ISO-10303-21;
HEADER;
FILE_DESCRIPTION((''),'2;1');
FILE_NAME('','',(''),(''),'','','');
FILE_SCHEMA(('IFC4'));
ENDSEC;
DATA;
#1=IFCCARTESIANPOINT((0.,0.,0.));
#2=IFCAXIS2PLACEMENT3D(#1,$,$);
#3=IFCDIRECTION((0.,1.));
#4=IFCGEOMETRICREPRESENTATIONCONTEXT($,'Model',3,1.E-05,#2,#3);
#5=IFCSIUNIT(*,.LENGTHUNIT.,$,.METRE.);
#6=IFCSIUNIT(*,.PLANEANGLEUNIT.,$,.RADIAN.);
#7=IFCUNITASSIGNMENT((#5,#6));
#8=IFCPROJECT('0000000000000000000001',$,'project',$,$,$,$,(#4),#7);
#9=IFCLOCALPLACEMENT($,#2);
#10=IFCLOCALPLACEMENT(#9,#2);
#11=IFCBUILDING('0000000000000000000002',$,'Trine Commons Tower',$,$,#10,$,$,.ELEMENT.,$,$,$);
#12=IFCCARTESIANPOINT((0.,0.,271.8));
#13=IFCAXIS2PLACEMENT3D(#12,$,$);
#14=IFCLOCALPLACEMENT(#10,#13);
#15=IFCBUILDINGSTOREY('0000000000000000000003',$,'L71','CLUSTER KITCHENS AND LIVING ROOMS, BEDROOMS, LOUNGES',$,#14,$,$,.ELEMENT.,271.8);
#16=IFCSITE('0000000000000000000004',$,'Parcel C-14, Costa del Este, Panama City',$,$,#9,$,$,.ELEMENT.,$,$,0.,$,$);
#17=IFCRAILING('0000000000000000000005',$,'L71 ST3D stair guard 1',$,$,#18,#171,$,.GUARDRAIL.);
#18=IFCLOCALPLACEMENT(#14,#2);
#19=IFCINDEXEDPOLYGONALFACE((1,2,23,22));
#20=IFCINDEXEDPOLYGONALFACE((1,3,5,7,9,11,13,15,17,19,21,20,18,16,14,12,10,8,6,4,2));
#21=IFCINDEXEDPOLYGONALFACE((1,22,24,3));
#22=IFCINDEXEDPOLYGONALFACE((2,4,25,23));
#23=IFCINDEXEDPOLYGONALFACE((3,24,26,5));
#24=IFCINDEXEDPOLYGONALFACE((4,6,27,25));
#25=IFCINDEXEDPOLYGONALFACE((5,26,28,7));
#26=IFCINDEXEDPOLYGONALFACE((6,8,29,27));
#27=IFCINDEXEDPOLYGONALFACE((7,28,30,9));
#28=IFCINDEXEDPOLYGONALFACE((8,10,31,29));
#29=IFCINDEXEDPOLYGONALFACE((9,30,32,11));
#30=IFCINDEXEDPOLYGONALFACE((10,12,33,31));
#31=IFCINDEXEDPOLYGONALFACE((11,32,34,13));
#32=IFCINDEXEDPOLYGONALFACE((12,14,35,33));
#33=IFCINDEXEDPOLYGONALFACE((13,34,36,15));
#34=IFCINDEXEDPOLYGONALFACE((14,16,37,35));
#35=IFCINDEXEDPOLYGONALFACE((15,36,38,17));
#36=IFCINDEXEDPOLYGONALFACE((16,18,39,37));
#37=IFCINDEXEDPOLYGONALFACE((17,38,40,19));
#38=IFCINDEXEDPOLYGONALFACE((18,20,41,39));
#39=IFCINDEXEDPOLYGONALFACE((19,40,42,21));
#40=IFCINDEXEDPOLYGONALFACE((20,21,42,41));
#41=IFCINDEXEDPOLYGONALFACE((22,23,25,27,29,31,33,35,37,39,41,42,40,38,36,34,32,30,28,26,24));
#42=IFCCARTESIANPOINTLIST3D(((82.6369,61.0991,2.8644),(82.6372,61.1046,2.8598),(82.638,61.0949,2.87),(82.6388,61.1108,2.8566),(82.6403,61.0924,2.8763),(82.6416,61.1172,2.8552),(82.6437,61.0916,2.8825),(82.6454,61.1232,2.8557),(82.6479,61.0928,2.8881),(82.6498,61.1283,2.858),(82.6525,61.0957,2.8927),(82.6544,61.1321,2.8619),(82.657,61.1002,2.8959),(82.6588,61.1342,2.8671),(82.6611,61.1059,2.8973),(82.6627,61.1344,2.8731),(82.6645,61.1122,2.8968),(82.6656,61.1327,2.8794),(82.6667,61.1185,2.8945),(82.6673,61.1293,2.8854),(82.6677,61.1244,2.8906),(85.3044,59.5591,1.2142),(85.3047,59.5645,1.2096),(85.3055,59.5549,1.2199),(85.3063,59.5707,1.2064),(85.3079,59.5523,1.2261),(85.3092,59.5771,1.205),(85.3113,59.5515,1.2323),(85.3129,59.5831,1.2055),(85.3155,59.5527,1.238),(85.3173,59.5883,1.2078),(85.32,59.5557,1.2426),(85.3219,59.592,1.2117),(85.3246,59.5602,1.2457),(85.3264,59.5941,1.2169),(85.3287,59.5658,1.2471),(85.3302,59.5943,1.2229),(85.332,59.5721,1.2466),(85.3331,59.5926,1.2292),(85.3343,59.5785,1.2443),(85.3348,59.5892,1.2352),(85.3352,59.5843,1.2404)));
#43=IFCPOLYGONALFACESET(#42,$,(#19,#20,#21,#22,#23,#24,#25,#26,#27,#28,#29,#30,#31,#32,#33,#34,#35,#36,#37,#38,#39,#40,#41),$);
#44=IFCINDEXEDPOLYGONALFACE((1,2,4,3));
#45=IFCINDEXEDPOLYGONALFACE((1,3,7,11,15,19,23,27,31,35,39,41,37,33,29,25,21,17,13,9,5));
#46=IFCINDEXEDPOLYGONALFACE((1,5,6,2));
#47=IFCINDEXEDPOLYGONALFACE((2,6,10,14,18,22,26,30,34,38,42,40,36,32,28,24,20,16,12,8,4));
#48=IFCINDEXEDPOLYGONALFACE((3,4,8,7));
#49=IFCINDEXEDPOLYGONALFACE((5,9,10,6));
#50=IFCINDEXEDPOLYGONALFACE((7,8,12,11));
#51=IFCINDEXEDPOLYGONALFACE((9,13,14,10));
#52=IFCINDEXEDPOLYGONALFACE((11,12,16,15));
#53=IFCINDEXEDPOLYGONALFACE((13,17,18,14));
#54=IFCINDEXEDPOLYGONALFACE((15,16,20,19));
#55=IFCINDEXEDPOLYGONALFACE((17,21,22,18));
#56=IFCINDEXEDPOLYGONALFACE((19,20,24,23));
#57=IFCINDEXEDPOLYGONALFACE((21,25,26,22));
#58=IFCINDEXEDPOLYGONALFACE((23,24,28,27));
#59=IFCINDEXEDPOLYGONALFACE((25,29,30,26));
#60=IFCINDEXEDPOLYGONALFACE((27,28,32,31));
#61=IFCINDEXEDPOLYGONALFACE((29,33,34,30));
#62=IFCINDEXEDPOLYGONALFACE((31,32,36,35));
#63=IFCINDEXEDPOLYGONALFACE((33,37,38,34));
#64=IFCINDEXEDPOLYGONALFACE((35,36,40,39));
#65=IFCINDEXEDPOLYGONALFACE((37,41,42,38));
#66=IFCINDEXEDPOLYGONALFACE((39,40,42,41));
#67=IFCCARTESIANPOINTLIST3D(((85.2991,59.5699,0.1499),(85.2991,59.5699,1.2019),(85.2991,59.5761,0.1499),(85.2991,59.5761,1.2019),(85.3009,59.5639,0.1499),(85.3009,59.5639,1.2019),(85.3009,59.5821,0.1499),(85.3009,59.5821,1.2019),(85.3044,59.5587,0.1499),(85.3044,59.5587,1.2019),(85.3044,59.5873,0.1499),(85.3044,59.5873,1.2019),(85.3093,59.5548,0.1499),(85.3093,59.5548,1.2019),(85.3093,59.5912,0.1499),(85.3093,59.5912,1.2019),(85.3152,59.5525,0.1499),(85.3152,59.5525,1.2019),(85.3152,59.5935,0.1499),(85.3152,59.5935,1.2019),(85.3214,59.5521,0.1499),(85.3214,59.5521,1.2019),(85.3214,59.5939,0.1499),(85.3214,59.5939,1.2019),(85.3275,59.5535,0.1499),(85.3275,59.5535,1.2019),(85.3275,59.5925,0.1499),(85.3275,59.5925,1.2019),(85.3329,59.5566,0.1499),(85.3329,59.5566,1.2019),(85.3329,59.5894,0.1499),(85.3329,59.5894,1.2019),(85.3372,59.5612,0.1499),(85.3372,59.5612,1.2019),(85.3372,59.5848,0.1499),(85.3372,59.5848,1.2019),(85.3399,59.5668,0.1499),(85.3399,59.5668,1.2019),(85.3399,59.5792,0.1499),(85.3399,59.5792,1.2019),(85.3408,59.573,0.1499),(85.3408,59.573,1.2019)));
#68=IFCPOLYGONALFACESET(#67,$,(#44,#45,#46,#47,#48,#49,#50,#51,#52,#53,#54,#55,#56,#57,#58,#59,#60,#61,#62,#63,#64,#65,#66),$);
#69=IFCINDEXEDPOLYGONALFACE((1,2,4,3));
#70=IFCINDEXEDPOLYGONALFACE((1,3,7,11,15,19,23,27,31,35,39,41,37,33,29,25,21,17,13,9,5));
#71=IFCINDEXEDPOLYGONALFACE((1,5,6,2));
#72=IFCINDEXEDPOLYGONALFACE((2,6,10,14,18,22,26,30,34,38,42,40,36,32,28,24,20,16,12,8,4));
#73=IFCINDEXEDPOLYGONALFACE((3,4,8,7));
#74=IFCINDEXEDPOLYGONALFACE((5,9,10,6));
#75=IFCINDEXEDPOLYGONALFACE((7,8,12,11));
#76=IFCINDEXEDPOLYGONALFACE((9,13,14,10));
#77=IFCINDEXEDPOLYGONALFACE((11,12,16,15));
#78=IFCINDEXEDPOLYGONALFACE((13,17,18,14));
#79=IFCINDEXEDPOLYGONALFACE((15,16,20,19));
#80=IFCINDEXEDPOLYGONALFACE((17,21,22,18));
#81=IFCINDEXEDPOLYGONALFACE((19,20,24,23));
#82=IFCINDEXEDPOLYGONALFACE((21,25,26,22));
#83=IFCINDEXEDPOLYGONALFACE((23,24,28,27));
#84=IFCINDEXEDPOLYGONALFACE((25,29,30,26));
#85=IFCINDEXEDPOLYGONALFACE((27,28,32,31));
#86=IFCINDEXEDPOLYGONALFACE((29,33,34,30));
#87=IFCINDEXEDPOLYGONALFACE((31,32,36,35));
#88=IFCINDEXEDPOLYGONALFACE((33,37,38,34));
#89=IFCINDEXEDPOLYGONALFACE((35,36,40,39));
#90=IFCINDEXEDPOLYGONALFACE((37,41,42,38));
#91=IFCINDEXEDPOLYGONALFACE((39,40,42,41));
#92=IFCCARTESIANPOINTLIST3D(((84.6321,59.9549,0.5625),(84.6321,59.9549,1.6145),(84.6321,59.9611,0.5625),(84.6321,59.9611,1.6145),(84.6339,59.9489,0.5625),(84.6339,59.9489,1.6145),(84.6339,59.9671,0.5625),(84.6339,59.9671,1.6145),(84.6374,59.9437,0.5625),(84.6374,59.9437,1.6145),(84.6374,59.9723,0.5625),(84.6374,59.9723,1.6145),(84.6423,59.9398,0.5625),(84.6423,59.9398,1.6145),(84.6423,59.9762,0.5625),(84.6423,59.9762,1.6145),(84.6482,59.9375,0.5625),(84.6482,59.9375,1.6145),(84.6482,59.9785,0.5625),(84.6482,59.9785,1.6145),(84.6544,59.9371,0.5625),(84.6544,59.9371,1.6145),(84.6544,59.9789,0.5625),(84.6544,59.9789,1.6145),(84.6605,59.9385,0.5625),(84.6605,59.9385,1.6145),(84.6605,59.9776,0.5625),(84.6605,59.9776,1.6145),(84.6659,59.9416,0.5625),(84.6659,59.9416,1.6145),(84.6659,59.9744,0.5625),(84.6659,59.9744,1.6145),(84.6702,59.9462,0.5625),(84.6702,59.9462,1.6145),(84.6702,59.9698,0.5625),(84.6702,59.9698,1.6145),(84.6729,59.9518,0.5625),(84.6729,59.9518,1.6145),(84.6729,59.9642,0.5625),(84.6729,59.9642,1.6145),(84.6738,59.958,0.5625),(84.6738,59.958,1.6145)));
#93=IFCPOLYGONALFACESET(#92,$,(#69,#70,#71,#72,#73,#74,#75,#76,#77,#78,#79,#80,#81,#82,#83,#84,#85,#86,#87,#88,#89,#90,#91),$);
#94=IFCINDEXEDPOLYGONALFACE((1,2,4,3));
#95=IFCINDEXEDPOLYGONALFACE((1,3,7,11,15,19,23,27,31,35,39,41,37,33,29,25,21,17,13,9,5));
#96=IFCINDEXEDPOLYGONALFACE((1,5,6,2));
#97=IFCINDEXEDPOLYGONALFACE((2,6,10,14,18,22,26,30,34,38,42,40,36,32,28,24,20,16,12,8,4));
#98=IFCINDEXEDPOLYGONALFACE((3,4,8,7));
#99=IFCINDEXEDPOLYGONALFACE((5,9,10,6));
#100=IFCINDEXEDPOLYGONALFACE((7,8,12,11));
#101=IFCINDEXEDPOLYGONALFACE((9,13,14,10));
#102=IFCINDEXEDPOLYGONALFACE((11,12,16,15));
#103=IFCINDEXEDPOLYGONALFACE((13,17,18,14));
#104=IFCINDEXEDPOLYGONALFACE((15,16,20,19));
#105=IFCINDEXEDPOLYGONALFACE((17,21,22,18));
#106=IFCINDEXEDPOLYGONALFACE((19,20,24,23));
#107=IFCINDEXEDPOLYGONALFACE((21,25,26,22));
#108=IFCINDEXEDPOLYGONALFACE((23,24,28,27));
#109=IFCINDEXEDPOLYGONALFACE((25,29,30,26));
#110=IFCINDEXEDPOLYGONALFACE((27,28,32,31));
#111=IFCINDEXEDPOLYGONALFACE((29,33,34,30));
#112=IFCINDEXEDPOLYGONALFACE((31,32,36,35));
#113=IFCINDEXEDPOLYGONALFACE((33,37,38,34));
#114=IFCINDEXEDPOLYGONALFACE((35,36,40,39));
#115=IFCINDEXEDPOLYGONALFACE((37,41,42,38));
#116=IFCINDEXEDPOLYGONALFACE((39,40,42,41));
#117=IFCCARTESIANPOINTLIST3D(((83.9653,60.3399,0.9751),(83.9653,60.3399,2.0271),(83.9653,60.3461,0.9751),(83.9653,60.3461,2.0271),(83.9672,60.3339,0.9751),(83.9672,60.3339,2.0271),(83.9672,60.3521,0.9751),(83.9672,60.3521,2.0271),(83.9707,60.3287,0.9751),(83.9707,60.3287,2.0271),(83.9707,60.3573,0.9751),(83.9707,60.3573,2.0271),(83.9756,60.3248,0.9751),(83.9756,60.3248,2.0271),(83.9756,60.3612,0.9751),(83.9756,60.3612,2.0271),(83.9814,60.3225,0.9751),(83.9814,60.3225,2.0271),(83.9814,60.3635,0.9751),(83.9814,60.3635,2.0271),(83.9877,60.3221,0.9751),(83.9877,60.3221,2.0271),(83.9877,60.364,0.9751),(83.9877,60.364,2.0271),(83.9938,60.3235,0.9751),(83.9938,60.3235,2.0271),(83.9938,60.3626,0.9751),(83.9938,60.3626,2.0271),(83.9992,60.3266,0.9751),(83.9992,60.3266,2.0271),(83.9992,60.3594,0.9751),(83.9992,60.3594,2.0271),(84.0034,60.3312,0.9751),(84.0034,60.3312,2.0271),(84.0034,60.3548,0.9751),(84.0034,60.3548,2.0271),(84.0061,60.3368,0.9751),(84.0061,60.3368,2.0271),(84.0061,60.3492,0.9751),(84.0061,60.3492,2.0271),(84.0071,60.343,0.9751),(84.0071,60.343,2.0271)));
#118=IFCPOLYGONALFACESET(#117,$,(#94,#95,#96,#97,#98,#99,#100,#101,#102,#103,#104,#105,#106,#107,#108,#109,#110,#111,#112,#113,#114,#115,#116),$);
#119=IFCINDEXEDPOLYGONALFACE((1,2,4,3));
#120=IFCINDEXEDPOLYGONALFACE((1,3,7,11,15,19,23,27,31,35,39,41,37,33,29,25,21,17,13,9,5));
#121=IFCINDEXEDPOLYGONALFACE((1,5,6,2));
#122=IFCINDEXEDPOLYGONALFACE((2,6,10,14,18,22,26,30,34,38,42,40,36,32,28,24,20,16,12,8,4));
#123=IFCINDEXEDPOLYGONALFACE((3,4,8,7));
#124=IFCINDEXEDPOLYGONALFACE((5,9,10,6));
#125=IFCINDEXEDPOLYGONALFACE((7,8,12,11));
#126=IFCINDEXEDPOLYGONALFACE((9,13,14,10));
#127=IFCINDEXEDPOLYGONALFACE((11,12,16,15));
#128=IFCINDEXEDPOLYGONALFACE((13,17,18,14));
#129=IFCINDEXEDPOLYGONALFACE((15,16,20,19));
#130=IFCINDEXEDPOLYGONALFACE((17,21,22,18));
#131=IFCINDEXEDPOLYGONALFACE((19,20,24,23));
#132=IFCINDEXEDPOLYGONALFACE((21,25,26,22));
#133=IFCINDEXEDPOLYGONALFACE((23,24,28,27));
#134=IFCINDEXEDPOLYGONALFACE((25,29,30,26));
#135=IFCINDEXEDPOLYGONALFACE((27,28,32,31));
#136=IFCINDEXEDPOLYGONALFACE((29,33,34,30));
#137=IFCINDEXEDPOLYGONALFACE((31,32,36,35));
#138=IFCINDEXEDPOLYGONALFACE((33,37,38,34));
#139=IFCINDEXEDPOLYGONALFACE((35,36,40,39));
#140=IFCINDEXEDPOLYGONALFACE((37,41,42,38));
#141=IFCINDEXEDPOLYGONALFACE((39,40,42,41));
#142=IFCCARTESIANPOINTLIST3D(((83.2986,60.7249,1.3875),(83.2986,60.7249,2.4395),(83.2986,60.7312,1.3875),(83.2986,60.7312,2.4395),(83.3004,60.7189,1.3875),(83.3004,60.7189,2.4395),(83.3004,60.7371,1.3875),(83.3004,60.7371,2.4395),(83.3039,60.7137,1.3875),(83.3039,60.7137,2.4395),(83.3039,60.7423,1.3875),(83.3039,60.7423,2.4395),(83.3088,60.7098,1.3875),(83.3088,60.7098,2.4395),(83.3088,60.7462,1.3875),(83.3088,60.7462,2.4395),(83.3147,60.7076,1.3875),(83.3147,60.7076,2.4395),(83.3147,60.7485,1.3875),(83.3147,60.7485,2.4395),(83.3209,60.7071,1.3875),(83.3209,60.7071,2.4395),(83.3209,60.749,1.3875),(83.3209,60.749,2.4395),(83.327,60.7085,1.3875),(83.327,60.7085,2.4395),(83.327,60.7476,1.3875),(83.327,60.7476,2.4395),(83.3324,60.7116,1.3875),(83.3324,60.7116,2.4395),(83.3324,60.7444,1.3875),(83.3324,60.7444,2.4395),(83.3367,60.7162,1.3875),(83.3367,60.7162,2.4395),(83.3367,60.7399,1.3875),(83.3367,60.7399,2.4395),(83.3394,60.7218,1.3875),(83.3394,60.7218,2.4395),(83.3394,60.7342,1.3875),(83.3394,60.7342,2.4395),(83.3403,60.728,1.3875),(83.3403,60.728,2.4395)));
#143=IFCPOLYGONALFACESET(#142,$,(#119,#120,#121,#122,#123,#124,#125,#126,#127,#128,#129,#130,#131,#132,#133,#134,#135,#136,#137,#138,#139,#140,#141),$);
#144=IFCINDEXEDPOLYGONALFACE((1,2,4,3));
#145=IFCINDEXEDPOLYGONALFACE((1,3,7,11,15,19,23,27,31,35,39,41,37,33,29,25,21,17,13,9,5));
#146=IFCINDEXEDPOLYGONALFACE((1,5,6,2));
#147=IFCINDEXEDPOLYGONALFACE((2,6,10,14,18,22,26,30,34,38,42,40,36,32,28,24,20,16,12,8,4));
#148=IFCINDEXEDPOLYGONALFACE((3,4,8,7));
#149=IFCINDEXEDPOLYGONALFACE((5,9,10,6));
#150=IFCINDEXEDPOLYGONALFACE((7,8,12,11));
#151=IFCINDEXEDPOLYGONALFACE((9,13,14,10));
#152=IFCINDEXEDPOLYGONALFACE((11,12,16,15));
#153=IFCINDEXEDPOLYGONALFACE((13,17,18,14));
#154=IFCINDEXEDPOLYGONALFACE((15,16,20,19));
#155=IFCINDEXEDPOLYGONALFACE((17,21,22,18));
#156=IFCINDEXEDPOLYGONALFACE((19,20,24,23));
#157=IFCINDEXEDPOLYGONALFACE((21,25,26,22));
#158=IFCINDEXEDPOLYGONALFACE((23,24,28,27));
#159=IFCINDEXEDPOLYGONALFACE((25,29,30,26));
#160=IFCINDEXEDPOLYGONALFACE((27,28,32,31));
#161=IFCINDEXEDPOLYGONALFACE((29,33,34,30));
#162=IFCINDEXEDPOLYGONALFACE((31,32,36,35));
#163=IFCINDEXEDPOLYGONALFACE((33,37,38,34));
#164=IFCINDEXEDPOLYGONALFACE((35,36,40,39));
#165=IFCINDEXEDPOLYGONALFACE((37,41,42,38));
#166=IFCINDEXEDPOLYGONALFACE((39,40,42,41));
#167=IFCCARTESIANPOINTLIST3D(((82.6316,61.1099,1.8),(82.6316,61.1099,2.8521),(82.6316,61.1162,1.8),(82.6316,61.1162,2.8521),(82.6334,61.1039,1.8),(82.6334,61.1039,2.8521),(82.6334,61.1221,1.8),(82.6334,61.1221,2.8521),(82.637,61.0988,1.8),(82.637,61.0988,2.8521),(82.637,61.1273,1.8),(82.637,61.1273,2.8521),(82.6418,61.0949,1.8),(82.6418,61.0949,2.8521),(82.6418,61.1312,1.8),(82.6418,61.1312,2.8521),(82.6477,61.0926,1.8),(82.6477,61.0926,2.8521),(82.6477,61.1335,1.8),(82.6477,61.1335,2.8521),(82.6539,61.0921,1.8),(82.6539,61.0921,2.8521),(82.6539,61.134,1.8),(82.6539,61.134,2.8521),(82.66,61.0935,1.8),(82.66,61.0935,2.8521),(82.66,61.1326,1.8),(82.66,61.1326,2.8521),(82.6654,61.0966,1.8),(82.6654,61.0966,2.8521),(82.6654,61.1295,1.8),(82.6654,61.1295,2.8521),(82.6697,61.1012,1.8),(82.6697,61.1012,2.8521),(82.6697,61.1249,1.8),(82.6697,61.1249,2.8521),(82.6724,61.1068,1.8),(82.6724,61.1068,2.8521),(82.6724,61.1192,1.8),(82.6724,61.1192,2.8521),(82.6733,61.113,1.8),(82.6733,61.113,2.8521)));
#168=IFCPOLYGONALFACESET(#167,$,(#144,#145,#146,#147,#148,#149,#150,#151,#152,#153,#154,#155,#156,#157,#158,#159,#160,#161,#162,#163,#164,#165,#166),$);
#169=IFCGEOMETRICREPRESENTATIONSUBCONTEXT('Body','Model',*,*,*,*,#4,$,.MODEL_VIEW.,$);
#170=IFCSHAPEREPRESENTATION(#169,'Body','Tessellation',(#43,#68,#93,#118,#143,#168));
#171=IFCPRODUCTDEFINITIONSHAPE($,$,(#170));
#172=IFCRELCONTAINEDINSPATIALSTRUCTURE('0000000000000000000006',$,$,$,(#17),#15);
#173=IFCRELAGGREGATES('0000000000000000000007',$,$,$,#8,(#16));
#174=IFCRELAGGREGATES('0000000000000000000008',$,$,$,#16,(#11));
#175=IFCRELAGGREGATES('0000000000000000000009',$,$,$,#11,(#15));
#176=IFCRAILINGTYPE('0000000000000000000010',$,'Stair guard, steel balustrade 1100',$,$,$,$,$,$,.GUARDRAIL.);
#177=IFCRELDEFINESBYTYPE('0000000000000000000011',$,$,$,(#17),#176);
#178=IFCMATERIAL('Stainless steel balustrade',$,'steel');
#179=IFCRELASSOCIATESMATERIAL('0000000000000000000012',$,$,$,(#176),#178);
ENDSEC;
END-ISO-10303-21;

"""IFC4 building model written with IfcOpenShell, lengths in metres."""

from ifc_helpers import new_model, si_unit, direction, frame, origin, origin_2d, place, context, subcontext, project, spatial, circle, extrude, material, type_object, element, save


model = new_model("IFC4")

# Units and contexts
model_context = context("Model", 3, precision=1e-05, world=origin(), true_north=direction((0.0, 1.0)))
body_context = subcontext(model_context, "Body", "Model", "MODEL_VIEW")
ifc_project = project(units=[si_unit("LENGTHUNIT", "METRE"), si_unit("PLANEANGLEUNIT", "RADIAN")], contexts=[model_context])

# Site, building, storey
site_placement = place(None, origin())
site = spatial("IfcSite", under=ifc_project, at=site_placement, Name="Parcel C-14, Costa del Este, Panama City", CompositionType="ELEMENT", RefElevation=0.0)
building_placement = place(site_placement, origin())
building = spatial("IfcBuilding", under=site, at=building_placement, Name="Trine Commons Tower", CompositionType="ELEMENT")
storey_placement = place(building_placement, frame((0.0, 0.0, 271.8)))
storey = spatial("IfcBuildingStorey", under=building, at=storey_placement, Name="L71", Description="CLUSTER KITCHENS AND LIVING ROOMS, BEDROOMS, LOUNGES", CompositionType="ELEMENT", Elevation=271.8)

# Railing
ifc_material_1 = material(Name="Stainless steel balustrade", Category="steel")
railing_type_1 = type_object("IfcRailingType", Name="Stair guard, steel balustrade 1100", PredefinedType="GUARDRAIL", material=ifc_material_1)
railing_1_placement = place(storey_placement, frame((85.3198, 59.573, 0.1499)))
element("IfcRailing", 1, at=railing_1_placement, inside=storey, type_object=railing_type_1, Name="L71 ST3D stair guard 1", PredefinedType="GUARDRAIL", context=body_context, shape_type="SweptSolid", body=[
    extrude(circle(Radius=0.0239, at=origin_2d()), frame((0.0, 0.0, 1.0762), z_axis=(-0.76338, 0.440728, 0.472239), x_axis=(-0.499992, -0.86603, 0.0)), (0.0, 0.0, 1.0), 3.4944),
    extrude(circle(Radius=0.021, at=origin_2d()), origin(), (0.0, 0.0, 1.0), 1.052),
    extrude(circle(Radius=0.021, at=origin_2d()), frame((-0.667, 0.385, 0.4126)), (0.0, 0.0, 1.0), 1.052),
    extrude(circle(Radius=0.021, at=origin_2d()), frame((-1.3337, 0.77, 0.8252)), (0.0, 0.0, 1.0), 1.052),
    extrude(circle(Radius=0.021, at=origin_2d()), frame((-2.0005, 1.155, 1.2375)), (0.0, 0.0, 1.0), 1.052),
    extrude(circle(Radius=0.021, at=origin_2d()), frame((-2.6675, 1.54, 1.6501)), (0.0, 0.0, 1.0), 1.052),
])

save(model, "model.ifc")
